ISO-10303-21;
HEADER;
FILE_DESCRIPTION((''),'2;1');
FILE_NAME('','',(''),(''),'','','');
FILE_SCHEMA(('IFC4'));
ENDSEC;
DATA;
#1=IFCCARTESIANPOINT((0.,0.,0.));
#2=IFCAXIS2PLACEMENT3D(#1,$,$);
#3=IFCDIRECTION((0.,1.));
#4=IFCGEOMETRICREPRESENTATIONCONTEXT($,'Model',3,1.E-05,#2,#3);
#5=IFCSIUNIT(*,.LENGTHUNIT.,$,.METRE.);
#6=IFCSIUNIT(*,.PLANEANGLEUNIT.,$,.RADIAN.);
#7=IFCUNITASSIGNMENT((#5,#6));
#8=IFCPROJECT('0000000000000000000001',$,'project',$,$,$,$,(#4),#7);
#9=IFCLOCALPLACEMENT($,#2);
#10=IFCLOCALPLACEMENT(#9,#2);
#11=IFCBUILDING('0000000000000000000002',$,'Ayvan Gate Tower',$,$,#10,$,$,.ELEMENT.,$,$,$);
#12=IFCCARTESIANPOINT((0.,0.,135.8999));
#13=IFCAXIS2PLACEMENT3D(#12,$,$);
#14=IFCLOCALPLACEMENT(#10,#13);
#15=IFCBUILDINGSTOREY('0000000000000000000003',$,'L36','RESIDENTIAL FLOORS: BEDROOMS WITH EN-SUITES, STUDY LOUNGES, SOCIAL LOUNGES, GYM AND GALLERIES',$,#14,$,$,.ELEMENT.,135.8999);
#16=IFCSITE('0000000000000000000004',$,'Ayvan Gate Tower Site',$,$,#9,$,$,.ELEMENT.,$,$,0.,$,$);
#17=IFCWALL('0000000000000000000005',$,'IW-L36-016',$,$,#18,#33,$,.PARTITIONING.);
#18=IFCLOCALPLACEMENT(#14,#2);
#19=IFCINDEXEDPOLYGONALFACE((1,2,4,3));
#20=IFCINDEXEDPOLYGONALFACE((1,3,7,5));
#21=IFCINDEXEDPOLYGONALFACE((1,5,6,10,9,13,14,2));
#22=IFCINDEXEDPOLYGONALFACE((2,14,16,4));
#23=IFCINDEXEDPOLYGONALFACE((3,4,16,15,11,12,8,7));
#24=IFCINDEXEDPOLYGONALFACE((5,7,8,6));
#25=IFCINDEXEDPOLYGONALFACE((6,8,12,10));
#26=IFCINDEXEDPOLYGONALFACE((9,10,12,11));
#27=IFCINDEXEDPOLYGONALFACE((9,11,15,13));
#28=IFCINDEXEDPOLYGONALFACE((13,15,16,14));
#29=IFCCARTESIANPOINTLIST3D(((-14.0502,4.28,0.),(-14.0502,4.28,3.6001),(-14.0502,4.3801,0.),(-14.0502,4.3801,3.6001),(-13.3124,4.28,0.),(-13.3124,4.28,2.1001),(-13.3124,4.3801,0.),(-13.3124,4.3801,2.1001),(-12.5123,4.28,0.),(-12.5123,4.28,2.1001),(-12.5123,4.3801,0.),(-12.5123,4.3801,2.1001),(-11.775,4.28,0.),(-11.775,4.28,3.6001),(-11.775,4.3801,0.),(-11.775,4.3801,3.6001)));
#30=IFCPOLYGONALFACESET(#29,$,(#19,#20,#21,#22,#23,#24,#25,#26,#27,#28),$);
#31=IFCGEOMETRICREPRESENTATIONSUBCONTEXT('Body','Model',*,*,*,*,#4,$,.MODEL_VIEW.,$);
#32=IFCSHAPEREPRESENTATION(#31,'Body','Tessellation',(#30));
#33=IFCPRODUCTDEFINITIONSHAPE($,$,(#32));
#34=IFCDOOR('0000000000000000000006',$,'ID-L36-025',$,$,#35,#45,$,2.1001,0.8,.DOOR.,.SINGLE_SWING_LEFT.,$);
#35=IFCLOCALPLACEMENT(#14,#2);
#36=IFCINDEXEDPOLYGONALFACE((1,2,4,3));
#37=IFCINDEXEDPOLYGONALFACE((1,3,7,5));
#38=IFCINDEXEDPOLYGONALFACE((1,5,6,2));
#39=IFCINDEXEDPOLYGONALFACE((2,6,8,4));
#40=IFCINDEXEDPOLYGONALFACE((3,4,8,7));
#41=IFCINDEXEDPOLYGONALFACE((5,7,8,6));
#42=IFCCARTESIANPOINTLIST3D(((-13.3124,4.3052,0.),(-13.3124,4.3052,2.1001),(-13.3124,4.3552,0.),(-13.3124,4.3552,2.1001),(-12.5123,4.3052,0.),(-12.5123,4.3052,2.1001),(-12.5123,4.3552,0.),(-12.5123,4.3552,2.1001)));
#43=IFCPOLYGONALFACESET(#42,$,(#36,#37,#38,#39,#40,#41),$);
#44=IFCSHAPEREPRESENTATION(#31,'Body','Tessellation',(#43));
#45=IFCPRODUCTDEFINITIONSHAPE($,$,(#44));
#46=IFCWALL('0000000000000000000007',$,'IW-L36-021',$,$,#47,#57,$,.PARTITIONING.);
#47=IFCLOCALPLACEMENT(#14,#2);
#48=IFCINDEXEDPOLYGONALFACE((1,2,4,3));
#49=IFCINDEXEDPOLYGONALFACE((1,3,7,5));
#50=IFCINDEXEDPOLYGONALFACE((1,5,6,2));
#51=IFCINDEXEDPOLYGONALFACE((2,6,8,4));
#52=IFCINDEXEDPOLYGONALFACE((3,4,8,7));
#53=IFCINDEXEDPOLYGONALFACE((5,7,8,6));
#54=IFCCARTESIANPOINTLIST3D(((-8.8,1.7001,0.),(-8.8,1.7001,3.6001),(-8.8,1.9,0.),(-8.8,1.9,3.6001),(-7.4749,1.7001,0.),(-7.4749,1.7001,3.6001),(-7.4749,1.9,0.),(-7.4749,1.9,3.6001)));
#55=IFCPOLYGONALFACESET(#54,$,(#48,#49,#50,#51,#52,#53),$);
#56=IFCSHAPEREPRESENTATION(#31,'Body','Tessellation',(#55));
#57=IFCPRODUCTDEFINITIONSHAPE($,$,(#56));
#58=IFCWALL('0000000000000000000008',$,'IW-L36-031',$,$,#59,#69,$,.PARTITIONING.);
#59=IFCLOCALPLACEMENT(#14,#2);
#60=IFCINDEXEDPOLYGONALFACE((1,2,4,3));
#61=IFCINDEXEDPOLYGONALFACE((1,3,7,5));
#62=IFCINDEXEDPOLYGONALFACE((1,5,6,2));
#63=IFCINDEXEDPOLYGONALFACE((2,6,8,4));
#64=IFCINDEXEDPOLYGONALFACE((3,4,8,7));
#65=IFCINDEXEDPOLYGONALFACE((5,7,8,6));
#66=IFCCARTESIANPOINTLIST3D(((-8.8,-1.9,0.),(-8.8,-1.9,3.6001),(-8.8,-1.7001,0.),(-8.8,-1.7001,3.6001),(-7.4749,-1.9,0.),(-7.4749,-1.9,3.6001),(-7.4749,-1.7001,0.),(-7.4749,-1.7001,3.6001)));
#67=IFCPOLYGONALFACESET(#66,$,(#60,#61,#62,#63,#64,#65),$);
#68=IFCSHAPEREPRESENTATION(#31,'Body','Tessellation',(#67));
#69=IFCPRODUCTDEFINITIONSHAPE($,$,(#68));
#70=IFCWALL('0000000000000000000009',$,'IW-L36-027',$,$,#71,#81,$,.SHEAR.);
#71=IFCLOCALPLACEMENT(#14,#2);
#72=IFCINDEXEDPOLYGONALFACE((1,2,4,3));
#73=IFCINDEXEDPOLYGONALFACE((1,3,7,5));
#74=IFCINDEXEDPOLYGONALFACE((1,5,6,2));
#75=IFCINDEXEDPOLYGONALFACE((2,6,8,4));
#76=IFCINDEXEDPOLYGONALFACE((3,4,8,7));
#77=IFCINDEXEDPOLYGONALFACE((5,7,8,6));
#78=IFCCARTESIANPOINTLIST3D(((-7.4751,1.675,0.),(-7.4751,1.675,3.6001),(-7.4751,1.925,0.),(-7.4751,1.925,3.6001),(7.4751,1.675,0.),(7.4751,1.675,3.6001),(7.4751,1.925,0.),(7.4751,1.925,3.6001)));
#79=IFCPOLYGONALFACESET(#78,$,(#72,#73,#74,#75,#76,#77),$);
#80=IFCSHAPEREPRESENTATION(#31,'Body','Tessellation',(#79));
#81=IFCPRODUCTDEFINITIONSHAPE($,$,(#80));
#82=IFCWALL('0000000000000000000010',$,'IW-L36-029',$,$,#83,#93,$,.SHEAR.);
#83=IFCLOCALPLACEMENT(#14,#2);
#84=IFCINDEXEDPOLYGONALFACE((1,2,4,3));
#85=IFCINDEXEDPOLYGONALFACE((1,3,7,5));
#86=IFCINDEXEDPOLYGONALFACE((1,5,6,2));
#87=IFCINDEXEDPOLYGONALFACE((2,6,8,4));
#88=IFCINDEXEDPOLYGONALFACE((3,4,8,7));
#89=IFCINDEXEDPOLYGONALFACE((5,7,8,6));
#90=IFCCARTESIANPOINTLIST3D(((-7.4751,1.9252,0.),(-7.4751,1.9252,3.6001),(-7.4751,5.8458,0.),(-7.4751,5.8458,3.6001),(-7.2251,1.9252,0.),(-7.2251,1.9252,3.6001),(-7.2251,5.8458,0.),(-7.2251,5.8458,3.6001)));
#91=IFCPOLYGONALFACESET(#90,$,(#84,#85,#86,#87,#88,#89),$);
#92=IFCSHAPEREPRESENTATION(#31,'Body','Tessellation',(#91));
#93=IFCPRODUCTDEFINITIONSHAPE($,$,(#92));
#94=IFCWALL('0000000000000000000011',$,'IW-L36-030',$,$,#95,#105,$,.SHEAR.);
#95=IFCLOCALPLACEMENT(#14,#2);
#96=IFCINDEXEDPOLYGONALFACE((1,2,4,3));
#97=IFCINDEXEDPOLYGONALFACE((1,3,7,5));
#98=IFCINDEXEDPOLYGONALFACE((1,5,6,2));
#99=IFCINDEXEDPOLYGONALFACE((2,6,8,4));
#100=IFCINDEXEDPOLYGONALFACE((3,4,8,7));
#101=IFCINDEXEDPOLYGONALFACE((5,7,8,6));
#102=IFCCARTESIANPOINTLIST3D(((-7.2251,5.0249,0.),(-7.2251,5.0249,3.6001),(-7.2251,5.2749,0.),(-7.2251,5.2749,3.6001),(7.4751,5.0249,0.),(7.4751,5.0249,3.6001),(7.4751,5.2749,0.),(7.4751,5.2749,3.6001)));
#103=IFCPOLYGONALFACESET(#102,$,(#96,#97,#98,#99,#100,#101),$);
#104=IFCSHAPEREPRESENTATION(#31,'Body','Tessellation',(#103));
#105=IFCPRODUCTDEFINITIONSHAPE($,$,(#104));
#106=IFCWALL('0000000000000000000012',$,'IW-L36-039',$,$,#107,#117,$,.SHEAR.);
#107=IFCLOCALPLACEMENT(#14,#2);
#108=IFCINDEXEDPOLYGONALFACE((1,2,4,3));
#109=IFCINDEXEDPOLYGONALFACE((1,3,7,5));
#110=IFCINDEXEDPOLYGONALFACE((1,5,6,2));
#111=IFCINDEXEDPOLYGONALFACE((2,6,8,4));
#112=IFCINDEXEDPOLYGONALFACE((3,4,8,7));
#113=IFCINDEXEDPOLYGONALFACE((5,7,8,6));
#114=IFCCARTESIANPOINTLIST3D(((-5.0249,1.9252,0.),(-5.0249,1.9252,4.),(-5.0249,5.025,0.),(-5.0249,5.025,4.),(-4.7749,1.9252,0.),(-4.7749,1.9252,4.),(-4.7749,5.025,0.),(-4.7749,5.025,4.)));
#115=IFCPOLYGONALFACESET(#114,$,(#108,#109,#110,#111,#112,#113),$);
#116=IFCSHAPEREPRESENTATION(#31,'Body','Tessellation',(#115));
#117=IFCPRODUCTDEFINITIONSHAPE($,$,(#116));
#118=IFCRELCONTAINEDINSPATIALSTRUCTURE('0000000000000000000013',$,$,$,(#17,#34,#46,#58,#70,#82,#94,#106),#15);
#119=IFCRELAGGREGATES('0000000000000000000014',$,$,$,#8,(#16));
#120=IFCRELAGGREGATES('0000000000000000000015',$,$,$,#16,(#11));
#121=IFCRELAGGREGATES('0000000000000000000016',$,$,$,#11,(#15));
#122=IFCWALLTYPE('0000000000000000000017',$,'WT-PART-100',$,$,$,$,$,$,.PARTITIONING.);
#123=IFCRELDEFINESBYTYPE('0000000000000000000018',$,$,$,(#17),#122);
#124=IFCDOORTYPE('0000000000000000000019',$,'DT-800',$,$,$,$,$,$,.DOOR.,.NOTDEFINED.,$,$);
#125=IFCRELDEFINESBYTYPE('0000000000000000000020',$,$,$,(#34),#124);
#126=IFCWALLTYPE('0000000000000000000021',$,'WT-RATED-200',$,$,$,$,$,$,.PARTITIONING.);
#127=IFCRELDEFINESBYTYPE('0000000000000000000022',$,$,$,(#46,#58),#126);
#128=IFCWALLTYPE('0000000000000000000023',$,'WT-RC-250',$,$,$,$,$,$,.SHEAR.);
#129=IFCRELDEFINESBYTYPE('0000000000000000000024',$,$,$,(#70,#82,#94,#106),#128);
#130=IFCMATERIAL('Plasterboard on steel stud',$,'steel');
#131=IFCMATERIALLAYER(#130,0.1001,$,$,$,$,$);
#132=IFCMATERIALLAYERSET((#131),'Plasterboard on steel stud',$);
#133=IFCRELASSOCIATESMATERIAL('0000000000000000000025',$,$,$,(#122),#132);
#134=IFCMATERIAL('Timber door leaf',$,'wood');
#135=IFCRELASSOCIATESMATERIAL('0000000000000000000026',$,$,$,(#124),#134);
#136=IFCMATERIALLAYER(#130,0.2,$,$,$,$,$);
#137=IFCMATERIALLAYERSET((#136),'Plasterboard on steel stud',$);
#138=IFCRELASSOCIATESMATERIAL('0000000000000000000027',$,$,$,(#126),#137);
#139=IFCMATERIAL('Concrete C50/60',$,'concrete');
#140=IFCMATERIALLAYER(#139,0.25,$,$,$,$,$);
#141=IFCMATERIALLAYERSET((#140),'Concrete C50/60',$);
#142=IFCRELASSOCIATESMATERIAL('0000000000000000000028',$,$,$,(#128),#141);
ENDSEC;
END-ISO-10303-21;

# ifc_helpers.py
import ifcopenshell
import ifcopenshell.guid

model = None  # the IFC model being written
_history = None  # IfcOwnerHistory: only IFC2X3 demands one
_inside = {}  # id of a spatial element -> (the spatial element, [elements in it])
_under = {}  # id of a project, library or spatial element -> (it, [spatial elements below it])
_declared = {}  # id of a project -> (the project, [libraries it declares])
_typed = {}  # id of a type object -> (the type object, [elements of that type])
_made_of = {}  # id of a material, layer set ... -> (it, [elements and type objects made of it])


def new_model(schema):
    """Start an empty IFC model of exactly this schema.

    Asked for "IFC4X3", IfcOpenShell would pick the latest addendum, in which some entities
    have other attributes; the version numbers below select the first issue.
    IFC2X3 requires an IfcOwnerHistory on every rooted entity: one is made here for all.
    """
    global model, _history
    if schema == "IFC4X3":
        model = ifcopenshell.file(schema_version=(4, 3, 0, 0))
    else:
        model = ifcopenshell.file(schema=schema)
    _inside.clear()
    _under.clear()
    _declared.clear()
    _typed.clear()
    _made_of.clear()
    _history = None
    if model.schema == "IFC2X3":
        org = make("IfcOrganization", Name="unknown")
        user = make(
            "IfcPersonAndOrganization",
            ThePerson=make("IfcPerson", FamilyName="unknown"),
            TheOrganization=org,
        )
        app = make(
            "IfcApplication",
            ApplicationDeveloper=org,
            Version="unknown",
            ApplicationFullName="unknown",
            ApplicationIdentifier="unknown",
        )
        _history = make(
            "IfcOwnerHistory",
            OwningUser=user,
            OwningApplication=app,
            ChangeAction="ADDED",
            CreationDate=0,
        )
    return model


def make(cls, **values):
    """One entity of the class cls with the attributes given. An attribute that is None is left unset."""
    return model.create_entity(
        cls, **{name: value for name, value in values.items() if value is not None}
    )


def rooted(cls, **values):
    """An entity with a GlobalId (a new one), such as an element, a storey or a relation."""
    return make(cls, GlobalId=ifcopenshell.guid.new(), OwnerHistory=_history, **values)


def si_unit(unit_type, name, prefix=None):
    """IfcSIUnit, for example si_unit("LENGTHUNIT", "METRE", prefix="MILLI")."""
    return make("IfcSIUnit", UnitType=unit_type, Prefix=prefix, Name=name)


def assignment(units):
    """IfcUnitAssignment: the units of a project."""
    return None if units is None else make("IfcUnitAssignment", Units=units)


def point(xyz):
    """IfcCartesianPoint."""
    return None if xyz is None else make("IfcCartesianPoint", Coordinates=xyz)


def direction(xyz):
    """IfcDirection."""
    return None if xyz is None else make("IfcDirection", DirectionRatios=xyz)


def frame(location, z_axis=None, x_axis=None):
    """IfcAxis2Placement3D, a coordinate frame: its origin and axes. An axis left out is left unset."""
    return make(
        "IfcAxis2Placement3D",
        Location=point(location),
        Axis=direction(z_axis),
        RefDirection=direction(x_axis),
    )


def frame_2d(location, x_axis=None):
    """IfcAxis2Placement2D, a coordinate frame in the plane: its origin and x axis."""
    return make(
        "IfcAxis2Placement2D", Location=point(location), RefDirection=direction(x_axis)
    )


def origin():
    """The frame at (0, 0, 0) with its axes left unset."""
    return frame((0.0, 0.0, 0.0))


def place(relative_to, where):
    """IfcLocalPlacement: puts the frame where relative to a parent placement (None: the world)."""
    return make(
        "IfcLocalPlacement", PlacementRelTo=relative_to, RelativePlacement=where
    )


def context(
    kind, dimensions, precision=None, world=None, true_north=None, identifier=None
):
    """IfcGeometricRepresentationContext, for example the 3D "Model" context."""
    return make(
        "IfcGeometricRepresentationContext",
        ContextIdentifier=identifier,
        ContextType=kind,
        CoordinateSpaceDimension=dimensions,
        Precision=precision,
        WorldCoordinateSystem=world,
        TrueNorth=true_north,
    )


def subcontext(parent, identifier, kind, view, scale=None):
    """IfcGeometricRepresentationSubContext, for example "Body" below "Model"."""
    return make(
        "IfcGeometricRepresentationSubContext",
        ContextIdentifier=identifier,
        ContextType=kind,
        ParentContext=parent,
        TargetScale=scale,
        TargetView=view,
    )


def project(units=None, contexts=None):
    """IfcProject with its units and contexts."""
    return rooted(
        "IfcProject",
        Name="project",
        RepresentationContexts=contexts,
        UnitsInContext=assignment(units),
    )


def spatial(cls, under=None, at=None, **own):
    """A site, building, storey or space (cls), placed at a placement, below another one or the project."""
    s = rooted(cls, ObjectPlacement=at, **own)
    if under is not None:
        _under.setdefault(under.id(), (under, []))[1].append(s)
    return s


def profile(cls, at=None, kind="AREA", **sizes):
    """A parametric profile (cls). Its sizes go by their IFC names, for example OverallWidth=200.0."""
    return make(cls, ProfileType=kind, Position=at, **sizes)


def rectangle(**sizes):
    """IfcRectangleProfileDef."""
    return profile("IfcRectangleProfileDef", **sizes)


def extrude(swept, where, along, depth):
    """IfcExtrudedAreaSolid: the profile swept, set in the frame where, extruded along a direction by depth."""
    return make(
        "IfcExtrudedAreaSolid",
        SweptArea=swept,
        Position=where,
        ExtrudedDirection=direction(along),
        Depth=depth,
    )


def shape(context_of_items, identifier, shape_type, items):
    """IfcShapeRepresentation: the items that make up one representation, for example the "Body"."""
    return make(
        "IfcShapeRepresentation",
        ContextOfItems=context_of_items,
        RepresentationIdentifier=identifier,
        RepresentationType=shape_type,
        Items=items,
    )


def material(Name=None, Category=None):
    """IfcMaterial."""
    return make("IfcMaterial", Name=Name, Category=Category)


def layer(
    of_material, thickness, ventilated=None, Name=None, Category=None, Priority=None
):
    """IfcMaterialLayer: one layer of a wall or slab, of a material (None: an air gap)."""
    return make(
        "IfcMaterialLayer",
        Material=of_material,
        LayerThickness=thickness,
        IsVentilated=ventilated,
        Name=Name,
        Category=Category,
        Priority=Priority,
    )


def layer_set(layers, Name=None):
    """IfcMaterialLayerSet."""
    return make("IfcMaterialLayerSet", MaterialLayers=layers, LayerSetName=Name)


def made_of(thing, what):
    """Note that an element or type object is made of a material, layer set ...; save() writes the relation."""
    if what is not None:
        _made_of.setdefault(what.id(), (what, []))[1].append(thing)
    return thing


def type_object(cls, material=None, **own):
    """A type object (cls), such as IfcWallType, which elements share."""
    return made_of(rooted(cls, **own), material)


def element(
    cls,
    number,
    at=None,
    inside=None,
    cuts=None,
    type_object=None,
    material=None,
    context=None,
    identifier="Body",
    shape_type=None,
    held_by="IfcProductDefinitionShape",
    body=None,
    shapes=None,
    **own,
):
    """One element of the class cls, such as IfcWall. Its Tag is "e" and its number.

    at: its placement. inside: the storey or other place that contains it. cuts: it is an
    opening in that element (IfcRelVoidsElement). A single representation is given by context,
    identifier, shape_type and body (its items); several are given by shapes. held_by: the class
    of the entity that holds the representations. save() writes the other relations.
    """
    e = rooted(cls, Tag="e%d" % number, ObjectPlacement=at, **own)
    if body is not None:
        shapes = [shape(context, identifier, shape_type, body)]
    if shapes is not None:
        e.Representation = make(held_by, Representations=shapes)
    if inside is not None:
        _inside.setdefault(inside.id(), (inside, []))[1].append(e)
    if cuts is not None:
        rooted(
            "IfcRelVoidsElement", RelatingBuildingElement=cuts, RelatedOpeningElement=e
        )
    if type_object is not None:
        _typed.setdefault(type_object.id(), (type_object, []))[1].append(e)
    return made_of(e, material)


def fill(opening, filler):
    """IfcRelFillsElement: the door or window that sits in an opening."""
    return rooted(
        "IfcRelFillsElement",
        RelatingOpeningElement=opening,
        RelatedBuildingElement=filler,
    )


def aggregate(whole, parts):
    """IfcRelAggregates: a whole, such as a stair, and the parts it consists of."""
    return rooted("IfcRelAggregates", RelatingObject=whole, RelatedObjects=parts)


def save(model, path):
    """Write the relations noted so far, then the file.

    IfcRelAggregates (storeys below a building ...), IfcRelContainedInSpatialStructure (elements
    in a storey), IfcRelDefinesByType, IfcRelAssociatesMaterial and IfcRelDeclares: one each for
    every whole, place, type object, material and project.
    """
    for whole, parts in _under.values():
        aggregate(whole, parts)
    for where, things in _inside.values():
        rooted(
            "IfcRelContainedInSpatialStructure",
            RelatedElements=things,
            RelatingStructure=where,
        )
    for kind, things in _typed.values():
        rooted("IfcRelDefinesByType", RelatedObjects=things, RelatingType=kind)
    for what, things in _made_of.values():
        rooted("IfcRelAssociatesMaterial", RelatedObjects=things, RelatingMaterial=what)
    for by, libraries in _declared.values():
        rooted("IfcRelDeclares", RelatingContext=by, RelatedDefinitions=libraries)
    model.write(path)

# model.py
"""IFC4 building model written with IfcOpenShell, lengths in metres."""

from ifc_helpers import new_model, si_unit, direction, frame, frame_2d, origin, place, context, subcontext, project, spatial, rectangle, extrude, material, layer, layer_set, type_object, element, fill, save


model = new_model("IFC4")

# Units and contexts
model_context = context("Model", 3, precision=1e-05, world=origin(), true_north=direction((0.0, 1.0)))
body_context = subcontext(model_context, "Body", "Model", "MODEL_VIEW")
ifc_project = project(units=[si_unit("LENGTHUNIT", "METRE"), si_unit("PLANEANGLEUNIT", "RADIAN")], contexts=[model_context])

# Site, building, storey
site_placement = place(None, origin())
site = spatial("IfcSite", under=ifc_project, at=site_placement, Name="Ayvan Gate Tower Site", CompositionType="ELEMENT", RefElevation=0.0)
building_placement = place(site_placement, origin())
building = spatial("IfcBuilding", under=site, at=building_placement, Name="Ayvan Gate Tower", CompositionType="ELEMENT")
storey_placement = place(building_placement, frame((0.0, 0.0, 135.8999)))
storey = spatial("IfcBuildingStorey", under=building, at=storey_placement, Name="L36", Description="RESIDENTIAL FLOORS: BEDROOMS WITH EN-SUITES, STUDY LOUNGES, SOCIAL LOUNGES, GYM AND GALLERIES", CompositionType="ELEMENT", Elevation=135.8999)

# Shared definitions
ifc_material_1 = material(Name="Plasterboard on steel stud", Category="steel")
ifc_layer_1 = layer(ifc_material_1, 0.1001)
ifc_layer_set_1 = layer_set([ifc_layer_1], Name="Plasterboard on steel stud")
wall_type_1 = type_object("IfcWallType", Name="WT-PART-100", PredefinedType="PARTITIONING", material=ifc_layer_set_1)

# Wall, opening, door
wall_1_placement = place(storey_placement, frame((-11.7749, 4.3301, 0.0), z_axis=(0.0, 0.0, 1.0), x_axis=(-1.0, 0.0, 0.0)))
wall_1 = element("IfcWall", 1, at=wall_1_placement, inside=storey, type_object=wall_type_1, Name="IW-L36-016", PredefinedType="PARTITIONING", context=body_context, shape_type="SweptSolid", body=[
    extrude(rectangle(XDim=2.2751, YDim=0.1001, at=frame_2d((1.1377, 0.0))), origin(), (0.0, 0.0, 1.0), 3.6001),
])
opening_1_placement = place(wall_1_placement, frame((0.7375, 0.0, 0.0)))
opening_1 = element("IfcOpeningElement", 2, at=opening_1_placement, cuts=wall_1, PredefinedType="OPENING", context=body_context, shape_type="SweptSolid", body=[
    extrude(rectangle(XDim=0.8, YDim=2.1001, at=frame_2d((0.3999, 1.05))), frame((0.0, 0.0601, 0.0), z_axis=(0.0, -1.0, 0.0), x_axis=(1.0, 0.0, 0.0)), (0.0, 0.0, 1.0), 0.1201),
])
ifc_material_2 = material(Name="Timber door leaf", Category="wood")
door_type_1 = type_object("IfcDoorType", Name="DT-800", OperationType="NOTDEFINED", PredefinedType="DOOR", material=ifc_material_2)
door_1_placement = place(opening_1_placement, origin())
door_1 = element("IfcDoor", 3, at=door_1_placement, inside=storey, type_object=door_type_1, Name="ID-L36-025", OperationType="SINGLE_SWING_LEFT", OverallHeight=2.1001, OverallWidth=0.8, PredefinedType="DOOR", context=body_context, shape_type="SweptSolid", body=[
    extrude(rectangle(XDim=0.8, YDim=2.1001, at=frame_2d((0.3999, 1.05))), frame((0.0, 0.0249, 0.0), z_axis=(0.0, -1.0, 0.0), x_axis=(1.0, 0.0, 0.0)), (0.0, 0.0, 1.0), 0.05),
])
fill(opening_1, door_1)

# Walls
ifc_layer_2 = layer(ifc_material_1, 0.2)
ifc_layer_set_2 = layer_set([ifc_layer_2], Name="Plasterboard on steel stud")
wall_type_2 = type_object("IfcWallType", Name="WT-RATED-200", PredefinedType="PARTITIONING", material=ifc_layer_set_2)
for number, where, z_axis, x_axis, name in (
    (4, (-8.8, 1.8, 0.0), (0.0, 0.0, 1.0), (1.0, 0.0, 0.0), "IW-L36-021"),
    (5, (-7.4749, -1.8, 0.0), (0.0, 0.0, 1.0), (-1.0, 0.0, 0.0), "IW-L36-031"),
):
    element("IfcWall", number, at=place(storey_placement, frame(where, z_axis=z_axis, x_axis=x_axis)), inside=storey, type_object=wall_type_2, Name=name, PredefinedType="PARTITIONING", context=body_context, shape_type="SweptSolid", body=[
        extrude(rectangle(XDim=1.3252, YDim=0.2, at=frame_2d((0.6626, 0.0))), origin(), (0.0, 0.0, 1.0), 3.6001),
    ])
ifc_material_3 = material(Name="Concrete C50/60", Category="concrete")
ifc_layer_3 = layer(ifc_material_3, 0.25)
ifc_layer_set_3 = layer_set([ifc_layer_3], Name="Concrete C50/60")
wall_type_3 = type_object("IfcWallType", Name="WT-RC-250", PredefinedType="SHEAR", material=ifc_layer_set_3)
wall_2_placement = place(storey_placement, frame((-7.4751, 1.8, 0.0), z_axis=(0.0, 0.0, 1.0), x_axis=(1.0, 0.0, 0.0)))
element("IfcWall", 6, at=wall_2_placement, inside=storey, type_object=wall_type_3, Name="IW-L36-027", PredefinedType="SHEAR", context=body_context, shape_type="SweptSolid", body=[
    extrude(rectangle(XDim=14.9502, YDim=0.25, at=frame_2d((7.4751, 0.0))), origin(), (0.0, 0.0, 1.0), 3.6001),
])
wall_3_placement = place(storey_placement, frame((-7.3501, 1.925, 0.0), z_axis=(0.0, 0.0, 1.0), x_axis=(0.0, 1.0, 0.0)))
element("IfcWall", 7, at=wall_3_placement, inside=storey, type_object=wall_type_3, Name="IW-L36-029", PredefinedType="SHEAR", context=body_context, shape_type="SweptSolid", body=[
    extrude(rectangle(XDim=3.9207, YDim=0.25, at=frame_2d((1.9604, 0.0))), origin(), (0.0, 0.0, 1.0), 3.6001),
])
wall_4_placement = place(storey_placement, frame((-7.2251, 5.1499, 0.0), z_axis=(0.0, 0.0, 1.0), x_axis=(1.0, 0.0, 0.0)))
element("IfcWall", 8, at=wall_4_placement, inside=storey, type_object=wall_type_3, Name="IW-L36-030", PredefinedType="SHEAR", context=body_context, shape_type="SweptSolid", body=[
    extrude(rectangle(XDim=14.7002, YDim=0.25, at=frame_2d((7.3501, 0.0))), origin(), (0.0, 0.0, 1.0), 3.6001),
])
wall_5_placement = place(storey_placement, frame((-4.8999, 5.0249, 0.0), z_axis=(0.0, 0.0, 1.0), x_axis=(0.0, -1.0, 0.0)))
element("IfcWall", 9, at=wall_5_placement, inside=storey, type_object=wall_type_3, Name="IW-L36-039", PredefinedType="SHEAR", context=body_context, shape_type="SweptSolid", body=[
    extrude(rectangle(XDim=3.0999, YDim=0.25, at=frame_2d((1.5498, 0.0))), origin(), (0.0, 0.0, 1.0), 4.0),
])

save(model, "model.ifc")
